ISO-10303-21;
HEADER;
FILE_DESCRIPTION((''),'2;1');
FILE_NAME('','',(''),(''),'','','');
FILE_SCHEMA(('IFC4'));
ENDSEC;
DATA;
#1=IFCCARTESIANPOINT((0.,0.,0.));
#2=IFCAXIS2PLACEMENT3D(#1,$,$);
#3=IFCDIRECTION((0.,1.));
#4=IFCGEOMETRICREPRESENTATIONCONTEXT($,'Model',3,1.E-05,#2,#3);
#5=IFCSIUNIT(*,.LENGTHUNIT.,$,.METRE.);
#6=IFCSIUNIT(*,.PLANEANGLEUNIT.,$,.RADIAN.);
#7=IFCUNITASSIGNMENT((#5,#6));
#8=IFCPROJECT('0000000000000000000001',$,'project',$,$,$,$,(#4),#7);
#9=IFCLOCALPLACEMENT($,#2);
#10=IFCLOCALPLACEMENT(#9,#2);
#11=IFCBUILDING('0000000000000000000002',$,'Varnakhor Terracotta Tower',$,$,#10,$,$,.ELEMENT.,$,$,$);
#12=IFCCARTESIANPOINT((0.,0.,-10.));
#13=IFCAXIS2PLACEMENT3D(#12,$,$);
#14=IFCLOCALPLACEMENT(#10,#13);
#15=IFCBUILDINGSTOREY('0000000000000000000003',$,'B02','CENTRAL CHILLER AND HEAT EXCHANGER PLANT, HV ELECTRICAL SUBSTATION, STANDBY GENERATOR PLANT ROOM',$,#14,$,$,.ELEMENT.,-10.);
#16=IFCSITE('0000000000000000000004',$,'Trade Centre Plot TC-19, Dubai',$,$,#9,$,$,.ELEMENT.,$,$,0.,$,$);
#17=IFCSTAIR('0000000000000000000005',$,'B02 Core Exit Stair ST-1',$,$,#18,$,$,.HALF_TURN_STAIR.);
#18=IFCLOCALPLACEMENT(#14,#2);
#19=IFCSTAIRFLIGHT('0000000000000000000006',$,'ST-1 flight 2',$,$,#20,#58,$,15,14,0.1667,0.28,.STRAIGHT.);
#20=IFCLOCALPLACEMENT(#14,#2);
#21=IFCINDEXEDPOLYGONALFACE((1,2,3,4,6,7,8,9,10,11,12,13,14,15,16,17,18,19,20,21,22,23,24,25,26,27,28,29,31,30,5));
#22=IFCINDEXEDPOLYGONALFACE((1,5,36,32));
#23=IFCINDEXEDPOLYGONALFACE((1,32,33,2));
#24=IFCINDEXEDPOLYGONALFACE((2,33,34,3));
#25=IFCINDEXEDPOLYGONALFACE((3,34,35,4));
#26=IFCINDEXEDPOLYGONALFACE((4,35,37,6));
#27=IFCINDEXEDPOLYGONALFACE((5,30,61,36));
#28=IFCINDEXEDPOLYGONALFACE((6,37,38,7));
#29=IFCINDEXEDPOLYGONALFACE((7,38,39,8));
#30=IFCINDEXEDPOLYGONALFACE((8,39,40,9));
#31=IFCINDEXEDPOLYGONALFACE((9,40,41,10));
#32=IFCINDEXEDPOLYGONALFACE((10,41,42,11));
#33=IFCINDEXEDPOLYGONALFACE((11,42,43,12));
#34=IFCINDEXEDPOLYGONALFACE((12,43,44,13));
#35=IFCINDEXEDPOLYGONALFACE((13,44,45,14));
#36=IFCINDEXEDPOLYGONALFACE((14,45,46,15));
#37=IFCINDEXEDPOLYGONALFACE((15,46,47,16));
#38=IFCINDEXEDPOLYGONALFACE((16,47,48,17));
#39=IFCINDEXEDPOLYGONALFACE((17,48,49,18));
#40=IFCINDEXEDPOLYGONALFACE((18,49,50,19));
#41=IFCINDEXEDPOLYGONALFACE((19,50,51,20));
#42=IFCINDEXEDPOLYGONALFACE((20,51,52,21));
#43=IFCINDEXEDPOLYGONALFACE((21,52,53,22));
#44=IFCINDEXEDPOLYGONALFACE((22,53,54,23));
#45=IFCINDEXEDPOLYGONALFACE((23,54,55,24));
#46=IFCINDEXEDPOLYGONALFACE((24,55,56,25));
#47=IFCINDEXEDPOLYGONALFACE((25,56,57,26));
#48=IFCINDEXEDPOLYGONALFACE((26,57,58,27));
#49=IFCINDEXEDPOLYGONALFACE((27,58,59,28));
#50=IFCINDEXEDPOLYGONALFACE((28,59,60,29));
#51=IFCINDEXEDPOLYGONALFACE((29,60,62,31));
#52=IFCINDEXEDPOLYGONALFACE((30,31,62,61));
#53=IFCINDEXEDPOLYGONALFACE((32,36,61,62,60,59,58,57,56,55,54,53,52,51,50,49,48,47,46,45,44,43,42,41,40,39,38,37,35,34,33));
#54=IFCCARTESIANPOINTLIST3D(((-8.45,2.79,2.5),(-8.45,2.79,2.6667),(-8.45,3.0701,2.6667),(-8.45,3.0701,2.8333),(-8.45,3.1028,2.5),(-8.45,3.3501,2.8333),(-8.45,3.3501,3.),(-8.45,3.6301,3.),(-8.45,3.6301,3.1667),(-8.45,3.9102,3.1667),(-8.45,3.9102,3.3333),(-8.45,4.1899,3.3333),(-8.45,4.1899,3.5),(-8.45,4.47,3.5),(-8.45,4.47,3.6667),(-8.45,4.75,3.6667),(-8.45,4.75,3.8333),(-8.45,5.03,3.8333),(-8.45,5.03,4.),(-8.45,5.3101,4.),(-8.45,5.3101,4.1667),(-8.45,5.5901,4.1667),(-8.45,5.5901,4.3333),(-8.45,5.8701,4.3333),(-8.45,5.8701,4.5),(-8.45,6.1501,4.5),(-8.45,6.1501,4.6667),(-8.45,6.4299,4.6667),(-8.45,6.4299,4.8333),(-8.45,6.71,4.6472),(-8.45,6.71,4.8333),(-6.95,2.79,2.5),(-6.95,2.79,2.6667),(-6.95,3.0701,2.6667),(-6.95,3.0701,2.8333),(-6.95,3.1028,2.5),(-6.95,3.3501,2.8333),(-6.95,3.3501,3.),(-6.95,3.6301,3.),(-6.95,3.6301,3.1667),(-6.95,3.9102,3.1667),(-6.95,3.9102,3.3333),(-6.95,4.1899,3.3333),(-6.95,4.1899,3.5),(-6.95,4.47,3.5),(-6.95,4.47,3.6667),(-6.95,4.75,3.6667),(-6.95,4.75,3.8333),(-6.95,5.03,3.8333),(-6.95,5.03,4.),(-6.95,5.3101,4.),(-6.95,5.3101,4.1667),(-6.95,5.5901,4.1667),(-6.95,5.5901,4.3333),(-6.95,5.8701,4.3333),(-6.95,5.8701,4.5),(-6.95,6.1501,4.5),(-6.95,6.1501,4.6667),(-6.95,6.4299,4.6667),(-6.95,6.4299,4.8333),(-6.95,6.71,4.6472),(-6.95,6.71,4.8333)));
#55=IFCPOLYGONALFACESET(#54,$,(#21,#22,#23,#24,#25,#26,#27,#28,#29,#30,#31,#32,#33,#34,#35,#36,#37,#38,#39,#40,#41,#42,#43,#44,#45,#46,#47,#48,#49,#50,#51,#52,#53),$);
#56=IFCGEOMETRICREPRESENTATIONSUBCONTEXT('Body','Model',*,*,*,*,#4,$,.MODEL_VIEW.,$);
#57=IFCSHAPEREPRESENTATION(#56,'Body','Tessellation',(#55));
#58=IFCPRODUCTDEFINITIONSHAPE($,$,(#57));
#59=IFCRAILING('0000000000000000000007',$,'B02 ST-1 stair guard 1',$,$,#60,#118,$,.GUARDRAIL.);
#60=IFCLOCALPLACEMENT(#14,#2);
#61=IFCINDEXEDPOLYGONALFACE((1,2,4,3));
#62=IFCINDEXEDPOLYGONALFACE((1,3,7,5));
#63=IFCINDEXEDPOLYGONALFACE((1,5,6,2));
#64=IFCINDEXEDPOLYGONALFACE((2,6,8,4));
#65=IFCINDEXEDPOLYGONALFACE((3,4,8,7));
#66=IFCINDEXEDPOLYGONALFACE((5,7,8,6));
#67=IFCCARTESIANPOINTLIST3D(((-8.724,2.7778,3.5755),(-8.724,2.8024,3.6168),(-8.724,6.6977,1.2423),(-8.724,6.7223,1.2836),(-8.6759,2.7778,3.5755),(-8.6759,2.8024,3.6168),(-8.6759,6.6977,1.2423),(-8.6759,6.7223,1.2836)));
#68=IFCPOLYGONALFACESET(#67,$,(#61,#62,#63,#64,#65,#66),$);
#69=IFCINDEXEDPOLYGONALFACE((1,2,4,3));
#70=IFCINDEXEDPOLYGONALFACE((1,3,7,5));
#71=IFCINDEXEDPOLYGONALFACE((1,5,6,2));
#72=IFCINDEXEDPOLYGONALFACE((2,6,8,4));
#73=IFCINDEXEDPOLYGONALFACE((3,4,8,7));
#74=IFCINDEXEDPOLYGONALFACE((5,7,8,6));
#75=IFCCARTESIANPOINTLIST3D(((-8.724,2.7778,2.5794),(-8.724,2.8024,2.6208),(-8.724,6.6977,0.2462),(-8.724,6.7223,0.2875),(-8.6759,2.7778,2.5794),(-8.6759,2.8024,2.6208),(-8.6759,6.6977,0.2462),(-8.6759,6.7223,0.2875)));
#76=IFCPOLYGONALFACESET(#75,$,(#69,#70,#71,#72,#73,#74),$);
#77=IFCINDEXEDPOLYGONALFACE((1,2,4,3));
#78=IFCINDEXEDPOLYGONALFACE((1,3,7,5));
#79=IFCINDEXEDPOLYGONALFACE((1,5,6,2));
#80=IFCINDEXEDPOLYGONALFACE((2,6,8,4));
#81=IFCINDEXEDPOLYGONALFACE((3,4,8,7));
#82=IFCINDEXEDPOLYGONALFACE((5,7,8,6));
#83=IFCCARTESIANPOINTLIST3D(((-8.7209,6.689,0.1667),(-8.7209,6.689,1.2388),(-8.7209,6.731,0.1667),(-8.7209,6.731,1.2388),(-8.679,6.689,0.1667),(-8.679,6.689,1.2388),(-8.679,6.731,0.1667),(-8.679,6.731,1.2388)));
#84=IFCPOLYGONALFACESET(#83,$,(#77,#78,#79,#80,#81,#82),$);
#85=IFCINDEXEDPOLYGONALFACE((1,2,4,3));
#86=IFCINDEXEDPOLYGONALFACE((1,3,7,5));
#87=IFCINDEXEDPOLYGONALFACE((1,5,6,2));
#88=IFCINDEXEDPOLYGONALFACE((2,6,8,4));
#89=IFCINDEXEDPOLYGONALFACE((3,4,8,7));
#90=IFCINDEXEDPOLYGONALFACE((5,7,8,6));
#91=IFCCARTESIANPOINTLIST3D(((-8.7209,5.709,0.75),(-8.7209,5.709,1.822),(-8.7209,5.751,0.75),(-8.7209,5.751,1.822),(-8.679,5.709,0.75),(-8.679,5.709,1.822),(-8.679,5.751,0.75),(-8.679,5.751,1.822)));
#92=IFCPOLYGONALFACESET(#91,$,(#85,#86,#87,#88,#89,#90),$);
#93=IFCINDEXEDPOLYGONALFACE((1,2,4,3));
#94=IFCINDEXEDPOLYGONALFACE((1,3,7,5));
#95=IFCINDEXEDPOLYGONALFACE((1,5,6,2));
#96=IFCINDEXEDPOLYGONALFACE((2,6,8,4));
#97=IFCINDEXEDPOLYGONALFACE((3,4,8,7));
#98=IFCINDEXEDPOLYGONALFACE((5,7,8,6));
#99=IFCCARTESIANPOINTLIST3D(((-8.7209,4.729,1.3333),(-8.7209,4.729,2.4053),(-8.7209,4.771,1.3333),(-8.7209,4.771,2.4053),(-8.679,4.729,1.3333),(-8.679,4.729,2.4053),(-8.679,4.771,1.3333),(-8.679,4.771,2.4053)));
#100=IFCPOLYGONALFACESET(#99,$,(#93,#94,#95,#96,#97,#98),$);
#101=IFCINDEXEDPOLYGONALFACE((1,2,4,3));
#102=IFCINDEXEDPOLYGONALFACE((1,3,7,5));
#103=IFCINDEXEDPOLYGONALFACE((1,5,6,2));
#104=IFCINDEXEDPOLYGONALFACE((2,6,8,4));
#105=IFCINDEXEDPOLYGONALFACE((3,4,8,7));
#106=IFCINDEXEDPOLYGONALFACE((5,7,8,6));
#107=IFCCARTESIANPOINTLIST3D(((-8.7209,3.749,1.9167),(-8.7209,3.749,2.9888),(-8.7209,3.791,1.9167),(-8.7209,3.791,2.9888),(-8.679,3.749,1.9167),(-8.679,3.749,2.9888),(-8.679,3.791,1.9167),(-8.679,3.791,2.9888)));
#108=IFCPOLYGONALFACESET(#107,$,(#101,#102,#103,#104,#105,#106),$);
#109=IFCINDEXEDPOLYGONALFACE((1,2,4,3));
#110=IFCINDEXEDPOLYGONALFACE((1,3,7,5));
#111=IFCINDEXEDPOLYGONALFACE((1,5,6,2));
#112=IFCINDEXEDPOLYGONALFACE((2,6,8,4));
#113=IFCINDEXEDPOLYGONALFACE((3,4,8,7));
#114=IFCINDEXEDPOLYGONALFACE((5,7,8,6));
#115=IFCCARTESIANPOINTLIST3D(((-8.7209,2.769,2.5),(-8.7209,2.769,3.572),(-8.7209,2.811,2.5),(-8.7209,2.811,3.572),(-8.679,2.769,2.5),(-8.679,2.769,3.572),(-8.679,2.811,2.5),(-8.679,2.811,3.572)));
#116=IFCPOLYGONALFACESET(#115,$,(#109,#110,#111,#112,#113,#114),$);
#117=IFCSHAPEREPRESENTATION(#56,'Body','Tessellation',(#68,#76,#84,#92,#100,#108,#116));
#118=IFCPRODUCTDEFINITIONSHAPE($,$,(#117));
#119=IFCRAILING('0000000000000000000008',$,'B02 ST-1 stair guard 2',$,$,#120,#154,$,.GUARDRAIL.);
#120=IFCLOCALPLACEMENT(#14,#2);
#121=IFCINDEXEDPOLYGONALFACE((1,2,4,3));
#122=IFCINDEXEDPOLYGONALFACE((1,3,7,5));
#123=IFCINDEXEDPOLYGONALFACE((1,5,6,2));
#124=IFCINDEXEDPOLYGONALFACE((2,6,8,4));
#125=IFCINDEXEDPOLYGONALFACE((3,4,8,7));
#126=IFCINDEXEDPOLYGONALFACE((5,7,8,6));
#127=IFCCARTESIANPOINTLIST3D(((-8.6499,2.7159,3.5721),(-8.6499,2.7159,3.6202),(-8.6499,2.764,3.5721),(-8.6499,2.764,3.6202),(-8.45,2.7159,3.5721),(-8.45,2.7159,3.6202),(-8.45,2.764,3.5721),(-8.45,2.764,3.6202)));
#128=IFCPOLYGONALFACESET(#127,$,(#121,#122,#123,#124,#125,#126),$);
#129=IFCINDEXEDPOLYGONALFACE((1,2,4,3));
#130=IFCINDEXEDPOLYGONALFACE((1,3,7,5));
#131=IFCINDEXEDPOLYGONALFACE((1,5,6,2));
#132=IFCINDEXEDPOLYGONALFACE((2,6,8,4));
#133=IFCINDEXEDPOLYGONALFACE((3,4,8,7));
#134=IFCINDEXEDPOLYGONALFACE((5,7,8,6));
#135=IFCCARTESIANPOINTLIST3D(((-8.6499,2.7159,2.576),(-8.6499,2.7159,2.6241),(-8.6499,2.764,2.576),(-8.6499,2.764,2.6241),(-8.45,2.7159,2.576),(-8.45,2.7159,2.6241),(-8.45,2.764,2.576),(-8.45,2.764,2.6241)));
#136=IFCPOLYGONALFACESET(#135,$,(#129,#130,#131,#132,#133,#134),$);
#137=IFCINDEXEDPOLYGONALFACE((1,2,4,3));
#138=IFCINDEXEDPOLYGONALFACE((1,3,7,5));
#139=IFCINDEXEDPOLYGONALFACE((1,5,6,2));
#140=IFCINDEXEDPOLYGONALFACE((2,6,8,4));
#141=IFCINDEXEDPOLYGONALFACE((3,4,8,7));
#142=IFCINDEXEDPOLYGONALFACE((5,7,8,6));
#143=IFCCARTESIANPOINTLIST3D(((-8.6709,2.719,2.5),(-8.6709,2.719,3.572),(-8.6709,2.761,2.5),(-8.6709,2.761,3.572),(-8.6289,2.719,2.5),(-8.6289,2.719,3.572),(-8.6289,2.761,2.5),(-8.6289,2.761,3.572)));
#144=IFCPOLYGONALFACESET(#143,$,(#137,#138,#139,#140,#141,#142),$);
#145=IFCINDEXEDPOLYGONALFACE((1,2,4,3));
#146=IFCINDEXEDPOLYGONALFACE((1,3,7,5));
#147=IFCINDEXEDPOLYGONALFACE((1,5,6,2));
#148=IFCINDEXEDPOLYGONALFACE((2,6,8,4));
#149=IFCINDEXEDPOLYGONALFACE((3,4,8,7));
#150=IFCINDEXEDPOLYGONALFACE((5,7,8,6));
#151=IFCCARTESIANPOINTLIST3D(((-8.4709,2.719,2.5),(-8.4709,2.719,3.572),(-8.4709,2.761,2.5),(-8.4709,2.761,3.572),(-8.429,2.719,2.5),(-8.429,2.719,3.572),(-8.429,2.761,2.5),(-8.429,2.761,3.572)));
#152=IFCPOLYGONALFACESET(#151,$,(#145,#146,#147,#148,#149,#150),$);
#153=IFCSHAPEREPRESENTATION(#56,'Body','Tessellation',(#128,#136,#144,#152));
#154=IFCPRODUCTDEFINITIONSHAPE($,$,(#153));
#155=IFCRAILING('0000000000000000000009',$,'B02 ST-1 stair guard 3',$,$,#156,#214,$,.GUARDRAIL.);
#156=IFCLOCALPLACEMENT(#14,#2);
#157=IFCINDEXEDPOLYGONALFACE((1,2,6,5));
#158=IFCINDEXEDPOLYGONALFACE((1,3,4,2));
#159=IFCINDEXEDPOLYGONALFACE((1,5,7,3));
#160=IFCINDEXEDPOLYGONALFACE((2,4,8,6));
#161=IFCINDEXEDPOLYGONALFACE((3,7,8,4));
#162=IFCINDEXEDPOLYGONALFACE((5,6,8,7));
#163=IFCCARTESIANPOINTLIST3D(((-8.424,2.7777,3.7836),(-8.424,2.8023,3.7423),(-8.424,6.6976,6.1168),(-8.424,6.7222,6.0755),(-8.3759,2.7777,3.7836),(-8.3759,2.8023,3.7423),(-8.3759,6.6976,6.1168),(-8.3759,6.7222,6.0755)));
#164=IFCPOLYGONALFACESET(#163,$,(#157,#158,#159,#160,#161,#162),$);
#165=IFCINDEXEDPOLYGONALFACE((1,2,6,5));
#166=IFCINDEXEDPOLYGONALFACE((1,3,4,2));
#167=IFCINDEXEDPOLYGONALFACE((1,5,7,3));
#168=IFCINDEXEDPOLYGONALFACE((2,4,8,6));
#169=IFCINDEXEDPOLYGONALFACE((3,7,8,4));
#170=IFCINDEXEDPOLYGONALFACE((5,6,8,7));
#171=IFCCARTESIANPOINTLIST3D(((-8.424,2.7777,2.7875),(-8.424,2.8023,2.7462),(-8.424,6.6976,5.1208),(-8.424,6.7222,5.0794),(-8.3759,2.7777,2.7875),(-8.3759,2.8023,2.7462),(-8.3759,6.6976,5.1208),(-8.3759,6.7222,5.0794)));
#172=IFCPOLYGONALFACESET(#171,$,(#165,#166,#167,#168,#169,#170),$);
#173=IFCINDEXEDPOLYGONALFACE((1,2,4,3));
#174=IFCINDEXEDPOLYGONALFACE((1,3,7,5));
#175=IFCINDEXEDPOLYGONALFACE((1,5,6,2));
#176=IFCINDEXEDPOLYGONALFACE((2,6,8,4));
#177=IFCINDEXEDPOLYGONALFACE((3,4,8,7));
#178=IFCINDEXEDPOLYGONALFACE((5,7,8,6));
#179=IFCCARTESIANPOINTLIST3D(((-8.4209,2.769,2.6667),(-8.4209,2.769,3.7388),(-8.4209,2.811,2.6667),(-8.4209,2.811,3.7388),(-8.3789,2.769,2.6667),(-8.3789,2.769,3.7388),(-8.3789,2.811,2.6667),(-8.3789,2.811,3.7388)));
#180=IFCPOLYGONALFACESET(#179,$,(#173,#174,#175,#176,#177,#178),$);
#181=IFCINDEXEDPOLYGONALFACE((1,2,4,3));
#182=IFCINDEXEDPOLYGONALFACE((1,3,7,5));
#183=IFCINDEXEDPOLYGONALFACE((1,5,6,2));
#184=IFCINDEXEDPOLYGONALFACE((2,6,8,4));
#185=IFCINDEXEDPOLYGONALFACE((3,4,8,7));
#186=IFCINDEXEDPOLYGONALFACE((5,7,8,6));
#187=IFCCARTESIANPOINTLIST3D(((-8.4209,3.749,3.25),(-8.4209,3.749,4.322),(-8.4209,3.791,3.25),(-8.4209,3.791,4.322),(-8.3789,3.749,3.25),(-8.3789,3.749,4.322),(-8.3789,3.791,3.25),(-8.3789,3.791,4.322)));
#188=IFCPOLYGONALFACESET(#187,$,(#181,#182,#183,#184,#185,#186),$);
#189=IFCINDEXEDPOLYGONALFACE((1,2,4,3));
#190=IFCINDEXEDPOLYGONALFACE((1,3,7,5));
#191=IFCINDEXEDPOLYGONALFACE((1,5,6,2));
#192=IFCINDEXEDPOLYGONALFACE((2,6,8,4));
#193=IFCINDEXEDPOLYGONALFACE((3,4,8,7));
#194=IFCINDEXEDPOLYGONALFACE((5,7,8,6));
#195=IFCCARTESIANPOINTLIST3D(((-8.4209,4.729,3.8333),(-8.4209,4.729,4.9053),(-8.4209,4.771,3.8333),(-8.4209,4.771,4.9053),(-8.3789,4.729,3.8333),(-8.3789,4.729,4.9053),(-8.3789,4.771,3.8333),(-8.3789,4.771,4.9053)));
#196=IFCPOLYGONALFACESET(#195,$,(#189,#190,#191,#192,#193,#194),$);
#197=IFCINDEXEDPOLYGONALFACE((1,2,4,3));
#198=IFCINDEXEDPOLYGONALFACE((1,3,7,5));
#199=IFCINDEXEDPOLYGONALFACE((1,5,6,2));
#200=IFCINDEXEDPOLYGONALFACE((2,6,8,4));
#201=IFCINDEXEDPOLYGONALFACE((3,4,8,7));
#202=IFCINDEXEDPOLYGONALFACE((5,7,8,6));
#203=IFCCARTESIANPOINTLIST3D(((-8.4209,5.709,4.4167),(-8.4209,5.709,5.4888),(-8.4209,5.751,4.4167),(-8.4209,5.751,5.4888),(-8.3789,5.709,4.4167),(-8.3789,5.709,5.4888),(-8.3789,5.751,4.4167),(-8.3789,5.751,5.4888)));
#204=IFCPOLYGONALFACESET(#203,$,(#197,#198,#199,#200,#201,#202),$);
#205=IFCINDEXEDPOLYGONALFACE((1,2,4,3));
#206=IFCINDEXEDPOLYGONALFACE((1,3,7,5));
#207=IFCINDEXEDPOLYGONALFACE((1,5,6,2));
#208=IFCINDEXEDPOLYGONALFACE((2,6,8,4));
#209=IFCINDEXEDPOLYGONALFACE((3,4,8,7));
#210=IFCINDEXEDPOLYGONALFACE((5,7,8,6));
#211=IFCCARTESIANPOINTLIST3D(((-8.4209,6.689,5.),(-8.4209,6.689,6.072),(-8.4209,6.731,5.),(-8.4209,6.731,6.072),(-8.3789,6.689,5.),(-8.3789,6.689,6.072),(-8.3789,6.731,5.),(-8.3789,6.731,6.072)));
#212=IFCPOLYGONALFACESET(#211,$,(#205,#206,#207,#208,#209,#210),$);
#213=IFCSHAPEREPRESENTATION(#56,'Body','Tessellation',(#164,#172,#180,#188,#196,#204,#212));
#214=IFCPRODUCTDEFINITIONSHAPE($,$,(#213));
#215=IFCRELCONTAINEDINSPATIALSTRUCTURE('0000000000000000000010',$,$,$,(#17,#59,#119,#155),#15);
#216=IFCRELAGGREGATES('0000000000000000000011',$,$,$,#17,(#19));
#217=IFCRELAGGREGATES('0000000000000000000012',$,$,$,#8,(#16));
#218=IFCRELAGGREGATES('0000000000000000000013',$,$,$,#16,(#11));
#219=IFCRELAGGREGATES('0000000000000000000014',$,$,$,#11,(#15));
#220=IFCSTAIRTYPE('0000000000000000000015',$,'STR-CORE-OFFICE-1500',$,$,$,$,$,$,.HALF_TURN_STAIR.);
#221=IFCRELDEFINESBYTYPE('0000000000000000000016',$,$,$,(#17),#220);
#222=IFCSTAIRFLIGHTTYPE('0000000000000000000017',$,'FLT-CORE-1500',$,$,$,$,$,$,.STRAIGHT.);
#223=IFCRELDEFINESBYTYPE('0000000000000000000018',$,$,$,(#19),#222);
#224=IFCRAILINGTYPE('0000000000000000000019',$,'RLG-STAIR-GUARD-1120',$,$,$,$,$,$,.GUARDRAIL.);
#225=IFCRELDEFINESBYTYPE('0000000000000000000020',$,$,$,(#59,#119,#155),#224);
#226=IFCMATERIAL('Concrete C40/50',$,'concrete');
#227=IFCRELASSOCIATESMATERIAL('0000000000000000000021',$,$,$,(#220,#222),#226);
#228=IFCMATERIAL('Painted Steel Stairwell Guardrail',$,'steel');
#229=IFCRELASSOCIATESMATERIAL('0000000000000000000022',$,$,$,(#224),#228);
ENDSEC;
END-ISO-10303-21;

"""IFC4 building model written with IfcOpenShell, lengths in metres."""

from ifc_helpers import new_model, si_unit, direction, frame, origin, origin_2d, place, context, subcontext, project, spatial, polyline, rectangle, outline, extrude, material, type_object, element, aggregate, save


model = new_model("IFC4")

# Units and contexts
model_context = context("Model", 3, precision=1e-05, world=origin(), true_north=direction((0.0, 1.0)))
body_context = subcontext(model_context, "Body", "Model", "MODEL_VIEW")
ifc_project = project(units=[si_unit("LENGTHUNIT", "METRE"), si_unit("PLANEANGLEUNIT", "RADIAN")], contexts=[model_context])

# Site, building, storey
site_placement = place(None, origin())
site = spatial("IfcSite", under=ifc_project, at=site_placement, Name="Trade Centre Plot TC-19, Dubai", CompositionType="ELEMENT", RefElevation=0.0)
building_placement = place(site_placement, origin())
building = spatial("IfcBuilding", under=site, at=building_placement, Name="Varnakhor Terracotta Tower", CompositionType="ELEMENT")
storey_placement = place(building_placement, frame((0.0, 0.0, -10.0)))
storey = spatial("IfcBuildingStorey", under=building, at=storey_placement, Name="B02", Description="CENTRAL CHILLER AND HEAT EXCHANGER PLANT, HV ELECTRICAL SUBSTATION, STANDBY GENERATOR PLANT ROOM", CompositionType="ELEMENT", Elevation=-10.0)

# Shared definitions
ifc_material_1 = material(Name="Concrete C40/50", Category="concrete")

# Stair, stair flight
stair_type = type_object("IfcStairType", Name="STR-CORE-OFFICE-1500", PredefinedType="HALF_TURN_STAIR", material=ifc_material_1)
stair_placement = place(storey_placement, origin())
stair = element("IfcStair", 1, at=stair_placement, inside=storey, type_object=stair_type, Name="B02 Core Exit Stair ST-1", PredefinedType="HALF_TURN_STAIR")
stair_flight_type = type_object("IfcStairFlightType", Name="FLT-CORE-1500", PredefinedType="STRAIGHT", material=ifc_material_1)
stair_flight_1_placement = place(storey_placement, frame((-7.7, 2.79, 2.5), z_axis=(0.0, 0.0, 1.0), x_axis=(0.0, 1.0, 0.0)))
stair_flight_1 = element("IfcStairFlight", 2, at=stair_flight_1_placement, type_object=stair_flight_type, Name="ST-1 flight 2", NumberOfRisers=15, NumberOfTreads=14, PredefinedType="STRAIGHT", RiserHeight=0.1667, TreadLength=0.28, context=body_context, shape_type="SweptSolid", body=[
    extrude(outline(polyline([(0.0, 0.0), (0.0, 0.1667), (0.28, 0.1667), (0.28, 0.3333), (0.5601, 0.3333), (0.5601, 0.5), (0.8401, 0.5), (0.8401, 0.6667), (1.1201, 0.6667), (1.1201, 0.8333), (1.3999, 0.8333), (1.3999, 1.0), (1.6799, 1.0), (1.6799, 1.1667), (1.96, 1.1667), (1.96, 1.3333), (2.24, 1.3333), (2.24, 1.5), (2.52, 1.5), (2.52, 1.6667), (2.8, 1.6667), (2.8, 1.8333), (3.0801, 1.8333), (3.0801, 2.0), (3.3601, 2.0), (3.3601, 2.1667), (3.6399, 2.1667), (3.6399, 2.3333), (3.9199, 2.3333), (3.9199, 2.5), (3.9199, 2.1472), (0.3127, 0.0), (0.0, 0.0)])), frame((0.0, 0.75, 0.0), z_axis=(0.0, -1.0, 0.0), x_axis=(1.0, 0.0, 0.0)), (0.0, 0.0, 1.0), 1.5),
])
aggregate(stair, [stair_flight_1])

# Railings
ifc_material_2 = material(Name="Painted Steel Stairwell Guardrail", Category="steel")
railing_type_1 = type_object("IfcRailingType", Name="RLG-STAIR-GUARD-1120", PredefinedType="GUARDRAIL", material=ifc_material_2)
railing_1_placement = place(storey_placement, frame((-8.7, 6.71, 0.1667)))
element("IfcRailing", 3, at=railing_1_placement, inside=storey, type_object=railing_type_1, Name="B02 ST-1 stair guard 1", PredefinedType="GUARDRAIL", context=body_context, shape_type="SweptSolid", body=[
    extrude(rectangle(XDim=0.0481, YDim=0.0481, at=origin_2d()), frame((0.0, 0.0, 1.0962), z_axis=(0.0, -0.859296, 0.511478), x_axis=(1.0, 0.0, 0.0)), (0.0, 0.0, 1.0), 4.5618),
    extrude(rectangle(XDim=0.0481, YDim=0.0481, at=origin_2d()), frame((0.0, 0.0, 0.1001), z_axis=(0.0, -0.859296, 0.511478), x_axis=(1.0, 0.0, 0.0)), (0.0, 0.0, 1.0), 4.5618),
    extrude(rectangle(XDim=0.042, YDim=0.042, at=origin_2d()), origin(), (0.0, 0.0, 1.0), 1.072),
    extrude(rectangle(XDim=0.042, YDim=0.042, at=origin_2d()), frame((0.0, -0.98, 0.5833)), (0.0, 0.0, 1.0), 1.072),
    extrude(rectangle(XDim=0.042, YDim=0.042, at=origin_2d()), frame((0.0, -1.96, 1.1665)), (0.0, 0.0, 1.0), 1.072),
    extrude(rectangle(XDim=0.042, YDim=0.042, at=origin_2d()), frame((0.0, -2.9399, 1.75)), (0.0, 0.0, 1.0), 1.072),
    extrude(rectangle(XDim=0.042, YDim=0.042, at=origin_2d()), frame((0.0, -3.9199, 2.3333)), (0.0, 0.0, 1.0), 1.072),
])
railing_2_placement = place(storey_placement, frame((-8.6499, 2.74, 2.5)))
element("IfcRailing", 4, at=railing_2_placement, inside=storey, type_object=railing_type_1, Name="B02 ST-1 stair guard 2", PredefinedType="GUARDRAIL", context=body_context, shape_type="SweptSolid", body=[
    extrude(rectangle(XDim=0.0481, YDim=0.0481, at=origin_2d()), frame((0.0, 0.0, 1.0962), z_axis=(1.0, 0.0, 0.0), x_axis=(0.0, 1.0, 0.0)), (0.0, 0.0, 1.0), 0.2),
    extrude(rectangle(XDim=0.0481, YDim=0.0481, at=origin_2d()), frame((0.0, 0.0, 0.1001), z_axis=(1.0, 0.0, 0.0), x_axis=(0.0, 1.0, 0.0)), (0.0, 0.0, 1.0), 0.2),
    extrude(rectangle(XDim=0.042, YDim=0.042, at=origin_2d()), origin(), (0.0, 0.0, 1.0), 1.072),
    extrude(rectangle(XDim=0.042, YDim=0.042, at=origin_2d()), frame((0.2, 0.0, 0.0)), (0.0, 0.0, 1.0), 1.072),
])
railing_3_placement = place(storey_placement, frame((-8.3999, 2.79, 2.6667)))
element("IfcRailing", 5, at=railing_3_placement, inside=storey, type_object=railing_type_1, Name="B02 ST-1 stair guard 3", PredefinedType="GUARDRAIL", context=body_context, shape_type="SweptSolid", body=[
    extrude(rectangle(XDim=0.0481, YDim=0.0481, at=origin_2d()), frame((0.0, 0.0, 1.0962), z_axis=(0.0, 0.859296, 0.511478), x_axis=(-1.0, 0.0, 0.0)), (0.0, 0.0, 1.0), 4.5618),
    extrude(rectangle(XDim=0.0481, YDim=0.0481, at=origin_2d()), frame((0.0, 0.0, 0.1001), z_axis=(0.0, 0.859296, 0.511478), x_axis=(-1.0, 0.0, 0.0)), (0.0, 0.0, 1.0), 4.5618),
    extrude(rectangle(XDim=0.042, YDim=0.042, at=origin_2d()), origin(), (0.0, 0.0, 1.0), 1.072),
    extrude(rectangle(XDim=0.042, YDim=0.042, at=origin_2d()), frame((0.0, 0.98, 0.5833)), (0.0, 0.0, 1.0), 1.072),
    extrude(rectangle(XDim=0.042, YDim=0.042, at=origin_2d()), frame((0.0, 1.96, 1.1665)), (0.0, 0.0, 1.0), 1.072),
    extrude(rectangle(XDim=0.042, YDim=0.042, at=origin_2d()), frame((0.0, 2.9399, 1.75)), (0.0, 0.0, 1.0), 1.072),
    extrude(rectangle(XDim=0.042, YDim=0.042, at=origin_2d()), frame((0.0, 3.9199, 2.3333)), (0.0, 0.0, 1.0), 1.072),
])

save(model, "model.ifc")
